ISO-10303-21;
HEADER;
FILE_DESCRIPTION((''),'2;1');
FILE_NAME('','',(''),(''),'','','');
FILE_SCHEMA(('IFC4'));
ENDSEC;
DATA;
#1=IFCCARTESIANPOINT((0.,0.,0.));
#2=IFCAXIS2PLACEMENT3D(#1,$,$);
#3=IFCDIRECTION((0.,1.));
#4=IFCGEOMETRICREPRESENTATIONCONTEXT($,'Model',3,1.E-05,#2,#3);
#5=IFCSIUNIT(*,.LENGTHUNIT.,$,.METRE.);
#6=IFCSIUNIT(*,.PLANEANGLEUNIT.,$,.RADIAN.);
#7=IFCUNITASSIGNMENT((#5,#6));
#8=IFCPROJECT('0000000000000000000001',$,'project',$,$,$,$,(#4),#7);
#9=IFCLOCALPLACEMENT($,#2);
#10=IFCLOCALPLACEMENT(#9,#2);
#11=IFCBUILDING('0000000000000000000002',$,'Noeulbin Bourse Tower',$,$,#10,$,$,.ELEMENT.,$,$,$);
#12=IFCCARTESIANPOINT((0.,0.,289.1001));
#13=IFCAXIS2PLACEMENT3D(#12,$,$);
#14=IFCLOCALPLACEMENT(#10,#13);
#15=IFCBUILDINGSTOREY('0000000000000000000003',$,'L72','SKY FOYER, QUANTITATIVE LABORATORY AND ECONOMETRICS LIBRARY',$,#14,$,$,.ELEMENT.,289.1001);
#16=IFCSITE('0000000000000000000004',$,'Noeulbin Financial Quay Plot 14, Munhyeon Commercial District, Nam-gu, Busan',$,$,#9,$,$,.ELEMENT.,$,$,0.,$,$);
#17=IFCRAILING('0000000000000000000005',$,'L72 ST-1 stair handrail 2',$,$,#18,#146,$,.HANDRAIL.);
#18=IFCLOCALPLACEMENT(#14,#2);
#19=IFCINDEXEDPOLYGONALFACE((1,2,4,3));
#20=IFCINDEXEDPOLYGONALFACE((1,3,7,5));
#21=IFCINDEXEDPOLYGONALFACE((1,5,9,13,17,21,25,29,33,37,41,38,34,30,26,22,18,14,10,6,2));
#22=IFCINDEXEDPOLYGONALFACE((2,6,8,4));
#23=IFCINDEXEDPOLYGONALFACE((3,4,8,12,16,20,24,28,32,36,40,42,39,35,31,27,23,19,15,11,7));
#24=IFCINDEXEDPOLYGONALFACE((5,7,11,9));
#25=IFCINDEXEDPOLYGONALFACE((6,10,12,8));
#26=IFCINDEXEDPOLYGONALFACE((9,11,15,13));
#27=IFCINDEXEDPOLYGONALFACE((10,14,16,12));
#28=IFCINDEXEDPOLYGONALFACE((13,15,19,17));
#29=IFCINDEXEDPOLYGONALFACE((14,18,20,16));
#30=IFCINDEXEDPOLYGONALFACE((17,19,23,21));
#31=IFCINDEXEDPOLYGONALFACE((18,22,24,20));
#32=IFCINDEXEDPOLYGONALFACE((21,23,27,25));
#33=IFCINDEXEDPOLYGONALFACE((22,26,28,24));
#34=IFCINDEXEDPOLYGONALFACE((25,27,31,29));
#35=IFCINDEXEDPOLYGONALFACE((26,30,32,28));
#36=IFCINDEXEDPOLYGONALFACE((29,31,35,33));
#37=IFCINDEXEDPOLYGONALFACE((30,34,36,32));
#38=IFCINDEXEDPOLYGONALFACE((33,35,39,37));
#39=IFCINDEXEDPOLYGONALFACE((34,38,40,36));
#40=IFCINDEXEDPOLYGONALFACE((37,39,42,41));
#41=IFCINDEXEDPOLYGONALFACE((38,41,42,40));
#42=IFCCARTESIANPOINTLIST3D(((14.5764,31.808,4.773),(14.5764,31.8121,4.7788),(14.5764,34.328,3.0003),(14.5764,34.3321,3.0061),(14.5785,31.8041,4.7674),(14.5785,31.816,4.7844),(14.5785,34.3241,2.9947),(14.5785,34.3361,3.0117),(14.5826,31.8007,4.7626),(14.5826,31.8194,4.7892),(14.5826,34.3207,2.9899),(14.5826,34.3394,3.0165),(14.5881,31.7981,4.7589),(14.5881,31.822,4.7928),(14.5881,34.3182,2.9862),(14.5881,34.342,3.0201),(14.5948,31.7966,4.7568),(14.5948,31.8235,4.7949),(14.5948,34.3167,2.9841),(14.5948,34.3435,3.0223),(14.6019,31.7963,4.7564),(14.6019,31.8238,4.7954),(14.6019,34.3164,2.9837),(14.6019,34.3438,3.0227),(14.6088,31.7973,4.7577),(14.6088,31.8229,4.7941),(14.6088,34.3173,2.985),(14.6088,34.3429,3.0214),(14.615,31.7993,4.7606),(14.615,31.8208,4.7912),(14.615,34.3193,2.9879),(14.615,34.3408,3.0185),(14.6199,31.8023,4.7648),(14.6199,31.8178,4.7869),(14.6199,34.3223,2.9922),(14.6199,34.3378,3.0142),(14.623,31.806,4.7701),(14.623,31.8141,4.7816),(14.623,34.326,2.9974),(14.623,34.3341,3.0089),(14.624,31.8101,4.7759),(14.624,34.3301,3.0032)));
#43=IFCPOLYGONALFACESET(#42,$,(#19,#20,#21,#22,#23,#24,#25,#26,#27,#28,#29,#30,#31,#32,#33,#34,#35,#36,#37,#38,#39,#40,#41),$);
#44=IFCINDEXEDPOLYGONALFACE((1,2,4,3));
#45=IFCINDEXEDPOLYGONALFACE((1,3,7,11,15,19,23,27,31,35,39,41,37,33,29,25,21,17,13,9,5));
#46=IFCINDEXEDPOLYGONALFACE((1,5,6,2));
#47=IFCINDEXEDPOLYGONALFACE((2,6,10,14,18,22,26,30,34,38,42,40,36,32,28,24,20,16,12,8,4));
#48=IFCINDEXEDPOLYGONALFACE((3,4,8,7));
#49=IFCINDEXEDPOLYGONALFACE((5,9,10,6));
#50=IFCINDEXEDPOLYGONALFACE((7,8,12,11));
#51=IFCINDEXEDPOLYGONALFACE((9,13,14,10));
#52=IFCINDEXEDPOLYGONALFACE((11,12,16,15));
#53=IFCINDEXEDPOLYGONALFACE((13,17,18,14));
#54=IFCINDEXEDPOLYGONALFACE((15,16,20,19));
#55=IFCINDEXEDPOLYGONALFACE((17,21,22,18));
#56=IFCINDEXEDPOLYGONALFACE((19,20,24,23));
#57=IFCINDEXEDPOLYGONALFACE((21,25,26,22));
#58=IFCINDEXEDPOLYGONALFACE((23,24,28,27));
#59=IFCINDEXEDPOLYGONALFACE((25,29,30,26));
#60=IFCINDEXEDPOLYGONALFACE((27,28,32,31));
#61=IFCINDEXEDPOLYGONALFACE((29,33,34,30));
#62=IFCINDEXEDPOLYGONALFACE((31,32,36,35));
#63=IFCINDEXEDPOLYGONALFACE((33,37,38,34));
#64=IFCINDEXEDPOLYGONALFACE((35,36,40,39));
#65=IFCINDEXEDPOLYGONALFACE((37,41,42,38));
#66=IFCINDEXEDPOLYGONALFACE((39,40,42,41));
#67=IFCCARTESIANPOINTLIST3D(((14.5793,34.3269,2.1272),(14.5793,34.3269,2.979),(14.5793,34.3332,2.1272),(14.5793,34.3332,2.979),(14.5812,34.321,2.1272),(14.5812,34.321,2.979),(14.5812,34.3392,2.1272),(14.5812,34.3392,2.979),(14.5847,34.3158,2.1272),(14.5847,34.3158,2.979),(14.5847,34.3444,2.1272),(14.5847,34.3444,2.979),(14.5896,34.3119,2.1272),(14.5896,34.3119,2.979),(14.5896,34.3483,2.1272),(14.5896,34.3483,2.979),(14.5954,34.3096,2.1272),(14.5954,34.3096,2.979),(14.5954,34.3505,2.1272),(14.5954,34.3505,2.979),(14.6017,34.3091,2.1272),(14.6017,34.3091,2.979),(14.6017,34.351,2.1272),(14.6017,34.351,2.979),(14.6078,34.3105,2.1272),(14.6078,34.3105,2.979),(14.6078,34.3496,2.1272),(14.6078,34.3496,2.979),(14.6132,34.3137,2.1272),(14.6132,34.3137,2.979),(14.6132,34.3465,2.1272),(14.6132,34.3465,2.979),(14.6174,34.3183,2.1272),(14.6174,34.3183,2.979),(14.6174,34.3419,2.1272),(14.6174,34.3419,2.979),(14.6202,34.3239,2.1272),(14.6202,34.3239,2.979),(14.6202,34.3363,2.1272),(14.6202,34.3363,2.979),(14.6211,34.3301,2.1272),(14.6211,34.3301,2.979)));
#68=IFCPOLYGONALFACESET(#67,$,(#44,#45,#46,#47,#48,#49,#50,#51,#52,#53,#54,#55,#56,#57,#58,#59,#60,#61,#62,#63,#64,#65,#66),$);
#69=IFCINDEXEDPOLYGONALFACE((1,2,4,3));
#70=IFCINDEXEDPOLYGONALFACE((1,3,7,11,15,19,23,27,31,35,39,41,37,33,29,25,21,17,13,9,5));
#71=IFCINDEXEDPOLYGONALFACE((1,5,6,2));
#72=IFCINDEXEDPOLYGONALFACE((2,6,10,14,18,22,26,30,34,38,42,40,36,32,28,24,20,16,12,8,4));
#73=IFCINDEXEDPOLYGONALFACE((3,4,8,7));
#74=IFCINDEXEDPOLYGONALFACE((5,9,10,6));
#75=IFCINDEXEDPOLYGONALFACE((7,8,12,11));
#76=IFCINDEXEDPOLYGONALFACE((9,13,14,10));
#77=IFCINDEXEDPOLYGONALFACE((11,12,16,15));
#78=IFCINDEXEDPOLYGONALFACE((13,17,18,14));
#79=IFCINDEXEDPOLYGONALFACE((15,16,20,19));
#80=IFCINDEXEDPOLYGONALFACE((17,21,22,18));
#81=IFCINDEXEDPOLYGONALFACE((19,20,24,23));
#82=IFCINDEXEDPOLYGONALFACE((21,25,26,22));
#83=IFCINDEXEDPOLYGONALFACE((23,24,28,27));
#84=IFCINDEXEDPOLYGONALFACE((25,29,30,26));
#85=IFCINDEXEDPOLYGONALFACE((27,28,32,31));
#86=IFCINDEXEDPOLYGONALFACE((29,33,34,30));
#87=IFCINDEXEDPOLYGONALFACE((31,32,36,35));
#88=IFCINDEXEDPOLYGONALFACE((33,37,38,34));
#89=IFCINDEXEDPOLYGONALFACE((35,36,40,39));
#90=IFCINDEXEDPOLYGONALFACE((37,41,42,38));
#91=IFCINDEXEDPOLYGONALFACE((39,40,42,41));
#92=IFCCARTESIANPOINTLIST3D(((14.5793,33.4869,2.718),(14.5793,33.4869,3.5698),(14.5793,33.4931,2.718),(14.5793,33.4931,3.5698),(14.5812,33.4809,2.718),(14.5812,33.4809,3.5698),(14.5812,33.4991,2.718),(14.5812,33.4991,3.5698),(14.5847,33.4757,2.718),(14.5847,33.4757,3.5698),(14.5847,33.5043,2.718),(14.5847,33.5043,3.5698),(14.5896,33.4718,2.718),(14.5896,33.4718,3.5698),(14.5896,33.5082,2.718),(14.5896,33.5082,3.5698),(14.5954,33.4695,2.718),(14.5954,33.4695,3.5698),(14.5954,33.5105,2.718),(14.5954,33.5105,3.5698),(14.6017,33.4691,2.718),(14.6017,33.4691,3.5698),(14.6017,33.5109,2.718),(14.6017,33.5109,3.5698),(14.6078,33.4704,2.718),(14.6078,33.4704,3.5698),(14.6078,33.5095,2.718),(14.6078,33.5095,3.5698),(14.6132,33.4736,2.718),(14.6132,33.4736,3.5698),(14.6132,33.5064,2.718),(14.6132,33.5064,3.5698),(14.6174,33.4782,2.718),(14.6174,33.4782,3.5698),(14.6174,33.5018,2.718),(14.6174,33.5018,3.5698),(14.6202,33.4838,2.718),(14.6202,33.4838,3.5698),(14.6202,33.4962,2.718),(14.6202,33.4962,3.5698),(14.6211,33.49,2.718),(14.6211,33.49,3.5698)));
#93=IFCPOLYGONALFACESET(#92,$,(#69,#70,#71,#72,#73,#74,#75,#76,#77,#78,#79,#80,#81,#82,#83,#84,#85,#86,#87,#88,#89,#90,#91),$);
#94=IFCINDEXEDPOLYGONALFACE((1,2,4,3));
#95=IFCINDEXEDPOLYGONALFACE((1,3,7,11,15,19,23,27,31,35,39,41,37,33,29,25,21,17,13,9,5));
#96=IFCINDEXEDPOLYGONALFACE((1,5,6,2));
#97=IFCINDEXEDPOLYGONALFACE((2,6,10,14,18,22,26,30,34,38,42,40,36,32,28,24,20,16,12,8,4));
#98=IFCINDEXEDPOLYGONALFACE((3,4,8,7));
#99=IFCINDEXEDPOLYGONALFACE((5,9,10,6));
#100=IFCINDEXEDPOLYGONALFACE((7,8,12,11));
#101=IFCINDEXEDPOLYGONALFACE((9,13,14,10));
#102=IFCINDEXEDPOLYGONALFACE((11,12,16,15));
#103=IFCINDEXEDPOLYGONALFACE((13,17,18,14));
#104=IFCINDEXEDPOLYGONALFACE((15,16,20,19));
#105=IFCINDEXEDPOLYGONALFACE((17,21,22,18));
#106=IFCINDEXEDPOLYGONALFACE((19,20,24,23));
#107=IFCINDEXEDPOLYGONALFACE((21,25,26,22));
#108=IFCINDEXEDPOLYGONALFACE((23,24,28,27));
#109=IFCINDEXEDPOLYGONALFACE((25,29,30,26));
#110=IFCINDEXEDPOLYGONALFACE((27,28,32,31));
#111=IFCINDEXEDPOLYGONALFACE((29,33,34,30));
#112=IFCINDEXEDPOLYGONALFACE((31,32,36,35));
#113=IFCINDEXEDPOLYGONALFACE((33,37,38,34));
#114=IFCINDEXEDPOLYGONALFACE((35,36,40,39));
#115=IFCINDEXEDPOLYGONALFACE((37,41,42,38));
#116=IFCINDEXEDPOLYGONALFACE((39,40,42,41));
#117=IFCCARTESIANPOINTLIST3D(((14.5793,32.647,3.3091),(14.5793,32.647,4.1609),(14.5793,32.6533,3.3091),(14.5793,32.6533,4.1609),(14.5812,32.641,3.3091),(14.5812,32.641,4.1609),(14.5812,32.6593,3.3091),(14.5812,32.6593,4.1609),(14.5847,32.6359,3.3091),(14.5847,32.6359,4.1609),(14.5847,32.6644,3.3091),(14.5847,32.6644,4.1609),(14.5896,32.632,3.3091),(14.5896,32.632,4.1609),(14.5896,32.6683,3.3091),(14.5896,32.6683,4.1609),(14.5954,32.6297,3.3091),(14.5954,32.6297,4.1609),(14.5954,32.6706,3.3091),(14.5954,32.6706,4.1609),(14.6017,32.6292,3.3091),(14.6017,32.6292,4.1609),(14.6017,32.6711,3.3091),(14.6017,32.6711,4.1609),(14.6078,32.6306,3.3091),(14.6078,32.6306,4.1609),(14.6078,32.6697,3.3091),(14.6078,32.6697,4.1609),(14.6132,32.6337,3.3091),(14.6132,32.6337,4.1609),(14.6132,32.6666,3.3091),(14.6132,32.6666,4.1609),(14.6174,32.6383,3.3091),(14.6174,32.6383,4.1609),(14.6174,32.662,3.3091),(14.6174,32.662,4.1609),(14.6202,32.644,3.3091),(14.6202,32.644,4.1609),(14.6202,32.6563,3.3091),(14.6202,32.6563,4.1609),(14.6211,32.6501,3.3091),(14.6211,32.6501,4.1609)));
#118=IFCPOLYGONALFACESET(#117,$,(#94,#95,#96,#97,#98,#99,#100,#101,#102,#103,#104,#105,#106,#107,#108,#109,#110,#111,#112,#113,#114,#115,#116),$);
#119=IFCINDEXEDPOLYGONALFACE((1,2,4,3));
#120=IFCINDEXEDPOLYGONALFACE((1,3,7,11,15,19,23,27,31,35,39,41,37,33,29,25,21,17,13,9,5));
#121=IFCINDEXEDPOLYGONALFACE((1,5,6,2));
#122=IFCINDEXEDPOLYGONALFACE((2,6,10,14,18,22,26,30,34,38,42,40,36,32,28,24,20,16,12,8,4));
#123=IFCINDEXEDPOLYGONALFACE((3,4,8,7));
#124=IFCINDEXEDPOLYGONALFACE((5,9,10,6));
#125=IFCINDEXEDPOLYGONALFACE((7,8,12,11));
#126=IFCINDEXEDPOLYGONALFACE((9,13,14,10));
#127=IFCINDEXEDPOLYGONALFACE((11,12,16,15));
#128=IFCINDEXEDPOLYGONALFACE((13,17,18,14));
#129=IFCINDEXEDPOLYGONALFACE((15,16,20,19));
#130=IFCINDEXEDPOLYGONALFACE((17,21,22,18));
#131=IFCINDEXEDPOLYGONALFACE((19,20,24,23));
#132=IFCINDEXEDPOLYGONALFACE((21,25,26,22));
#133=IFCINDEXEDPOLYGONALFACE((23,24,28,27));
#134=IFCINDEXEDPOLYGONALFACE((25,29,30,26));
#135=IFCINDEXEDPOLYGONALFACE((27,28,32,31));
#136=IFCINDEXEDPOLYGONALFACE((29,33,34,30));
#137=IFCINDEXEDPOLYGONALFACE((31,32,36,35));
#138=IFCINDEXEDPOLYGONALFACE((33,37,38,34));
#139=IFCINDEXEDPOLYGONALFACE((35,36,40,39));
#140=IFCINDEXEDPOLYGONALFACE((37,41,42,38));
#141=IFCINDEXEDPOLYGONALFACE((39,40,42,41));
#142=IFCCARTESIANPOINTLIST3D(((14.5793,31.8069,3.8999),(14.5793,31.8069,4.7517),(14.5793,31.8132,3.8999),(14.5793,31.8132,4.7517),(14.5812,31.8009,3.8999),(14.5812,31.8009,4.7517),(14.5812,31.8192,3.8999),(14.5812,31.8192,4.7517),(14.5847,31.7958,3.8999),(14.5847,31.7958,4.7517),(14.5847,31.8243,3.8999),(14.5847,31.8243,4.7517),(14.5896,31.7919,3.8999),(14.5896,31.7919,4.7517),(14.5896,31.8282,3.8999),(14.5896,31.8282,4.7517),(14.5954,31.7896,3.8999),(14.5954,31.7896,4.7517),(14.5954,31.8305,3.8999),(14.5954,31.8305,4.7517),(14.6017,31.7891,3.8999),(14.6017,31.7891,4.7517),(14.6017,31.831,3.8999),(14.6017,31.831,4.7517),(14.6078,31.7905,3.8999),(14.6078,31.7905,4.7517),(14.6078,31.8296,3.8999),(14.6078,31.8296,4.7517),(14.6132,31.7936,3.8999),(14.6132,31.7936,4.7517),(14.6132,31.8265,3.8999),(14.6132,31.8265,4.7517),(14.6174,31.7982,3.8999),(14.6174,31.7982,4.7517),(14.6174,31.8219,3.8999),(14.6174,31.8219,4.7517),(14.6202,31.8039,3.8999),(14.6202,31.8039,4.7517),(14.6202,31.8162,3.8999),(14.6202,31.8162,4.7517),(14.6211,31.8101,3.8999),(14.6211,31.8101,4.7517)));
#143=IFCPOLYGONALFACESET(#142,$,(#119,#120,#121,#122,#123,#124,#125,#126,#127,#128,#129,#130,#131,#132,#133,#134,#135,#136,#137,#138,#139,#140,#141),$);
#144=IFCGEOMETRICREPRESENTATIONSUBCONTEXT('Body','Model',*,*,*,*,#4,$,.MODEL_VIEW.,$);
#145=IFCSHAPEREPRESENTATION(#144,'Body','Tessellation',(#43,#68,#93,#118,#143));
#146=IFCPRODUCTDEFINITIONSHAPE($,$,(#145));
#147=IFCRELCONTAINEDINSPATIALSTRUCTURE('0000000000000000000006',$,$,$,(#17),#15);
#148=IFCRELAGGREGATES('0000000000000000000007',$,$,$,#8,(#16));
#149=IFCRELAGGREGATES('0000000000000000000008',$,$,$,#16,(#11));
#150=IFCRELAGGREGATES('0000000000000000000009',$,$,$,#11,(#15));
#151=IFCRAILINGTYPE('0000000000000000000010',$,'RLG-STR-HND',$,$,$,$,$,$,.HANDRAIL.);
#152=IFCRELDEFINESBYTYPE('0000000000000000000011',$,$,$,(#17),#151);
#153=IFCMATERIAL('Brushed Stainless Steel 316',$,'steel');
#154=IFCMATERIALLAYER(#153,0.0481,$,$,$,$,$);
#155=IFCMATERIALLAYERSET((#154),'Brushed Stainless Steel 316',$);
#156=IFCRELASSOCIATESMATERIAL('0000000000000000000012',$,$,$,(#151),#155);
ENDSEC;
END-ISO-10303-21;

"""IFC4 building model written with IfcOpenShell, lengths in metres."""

from ifc_helpers import new_model, si_unit, direction, frame, origin, origin_2d, place, context, subcontext, project, spatial, circle, extrude, material, layer, layer_set, type_object, element, save


model = new_model("IFC4")

# Units and contexts
model_context = context("Model", 3, precision=1e-05, world=origin(), true_north=direction((0.0, 1.0)))
body_context = subcontext(model_context, "Body", "Model", "MODEL_VIEW")
ifc_project = project(units=[si_unit("LENGTHUNIT", "METRE"), si_unit("PLANEANGLEUNIT", "RADIAN")], contexts=[model_context])

# Site, building, storey
site_placement = place(None, origin())
site = spatial("IfcSite", under=ifc_project, at=site_placement, Name="Noeulbin Financial Quay Plot 14, Munhyeon Commercial District, Nam-gu, Busan", CompositionType="ELEMENT", RefElevation=0.0)
building_placement = place(site_placement, origin())
building = spatial("IfcBuilding", under=site, at=building_placement, Name="Noeulbin Bourse Tower", CompositionType="ELEMENT")
storey_placement = place(building_placement, frame((0.0, 0.0, 289.1001)))
storey = spatial("IfcBuildingStorey", under=building, at=storey_placement, Name="L72", Description="SKY FOYER, QUANTITATIVE LABORATORY AND ECONOMETRICS LIBRARY", CompositionType="ELEMENT", Elevation=289.1001)

# Shared definitions
ifc_material_1 = material(Name="Brushed Stainless Steel 316", Category="steel")

# Railing
ifc_layer_1 = layer(ifc_material_1, 0.0481)
ifc_layer_set_1 = layer_set([ifc_layer_1], Name="Brushed Stainless Steel 316")
railing_type_1 = type_object("IfcRailingType", Name="RLG-STR-HND", PredefinedType="HANDRAIL", material=ifc_layer_set_1)
railing_1_placement = place(storey_placement, frame((14.6001, 34.3301, 2.1272)))
element("IfcRailing", 1, at=railing_1_placement, inside=storey, type_object=railing_type_1, Name="L72 ST-1 stair handrail 2", PredefinedType="HANDRAIL", context=body_context, shape_type="SweptSolid", body=[
    extrude(circle(Radius=0.0239, at=origin_2d()), frame((0.0, 0.0, 0.876), z_axis=(0.0, -0.817904, 0.575354), x_axis=(1.0, 0.0, 0.0)), (0.0, 0.0, 1.0), 3.0811),
    extrude(circle(Radius=0.021, at=origin_2d()), origin(), (0.0, 0.0, 1.0), 0.8518),
    extrude(circle(Radius=0.021, at=origin_2d()), frame((0.0, -0.8401, 0.5908)), (0.0, 0.0, 1.0), 0.8518),
    extrude(circle(Radius=0.021, at=origin_2d()), frame((0.0, -1.6799, 1.1819)), (0.0, 0.0, 1.0), 0.8518),
    extrude(circle(Radius=0.021, at=origin_2d()), frame((0.0, -2.52, 1.7727)), (0.0, 0.0, 1.0), 0.8518),
])

save(model, "model.ifc")
